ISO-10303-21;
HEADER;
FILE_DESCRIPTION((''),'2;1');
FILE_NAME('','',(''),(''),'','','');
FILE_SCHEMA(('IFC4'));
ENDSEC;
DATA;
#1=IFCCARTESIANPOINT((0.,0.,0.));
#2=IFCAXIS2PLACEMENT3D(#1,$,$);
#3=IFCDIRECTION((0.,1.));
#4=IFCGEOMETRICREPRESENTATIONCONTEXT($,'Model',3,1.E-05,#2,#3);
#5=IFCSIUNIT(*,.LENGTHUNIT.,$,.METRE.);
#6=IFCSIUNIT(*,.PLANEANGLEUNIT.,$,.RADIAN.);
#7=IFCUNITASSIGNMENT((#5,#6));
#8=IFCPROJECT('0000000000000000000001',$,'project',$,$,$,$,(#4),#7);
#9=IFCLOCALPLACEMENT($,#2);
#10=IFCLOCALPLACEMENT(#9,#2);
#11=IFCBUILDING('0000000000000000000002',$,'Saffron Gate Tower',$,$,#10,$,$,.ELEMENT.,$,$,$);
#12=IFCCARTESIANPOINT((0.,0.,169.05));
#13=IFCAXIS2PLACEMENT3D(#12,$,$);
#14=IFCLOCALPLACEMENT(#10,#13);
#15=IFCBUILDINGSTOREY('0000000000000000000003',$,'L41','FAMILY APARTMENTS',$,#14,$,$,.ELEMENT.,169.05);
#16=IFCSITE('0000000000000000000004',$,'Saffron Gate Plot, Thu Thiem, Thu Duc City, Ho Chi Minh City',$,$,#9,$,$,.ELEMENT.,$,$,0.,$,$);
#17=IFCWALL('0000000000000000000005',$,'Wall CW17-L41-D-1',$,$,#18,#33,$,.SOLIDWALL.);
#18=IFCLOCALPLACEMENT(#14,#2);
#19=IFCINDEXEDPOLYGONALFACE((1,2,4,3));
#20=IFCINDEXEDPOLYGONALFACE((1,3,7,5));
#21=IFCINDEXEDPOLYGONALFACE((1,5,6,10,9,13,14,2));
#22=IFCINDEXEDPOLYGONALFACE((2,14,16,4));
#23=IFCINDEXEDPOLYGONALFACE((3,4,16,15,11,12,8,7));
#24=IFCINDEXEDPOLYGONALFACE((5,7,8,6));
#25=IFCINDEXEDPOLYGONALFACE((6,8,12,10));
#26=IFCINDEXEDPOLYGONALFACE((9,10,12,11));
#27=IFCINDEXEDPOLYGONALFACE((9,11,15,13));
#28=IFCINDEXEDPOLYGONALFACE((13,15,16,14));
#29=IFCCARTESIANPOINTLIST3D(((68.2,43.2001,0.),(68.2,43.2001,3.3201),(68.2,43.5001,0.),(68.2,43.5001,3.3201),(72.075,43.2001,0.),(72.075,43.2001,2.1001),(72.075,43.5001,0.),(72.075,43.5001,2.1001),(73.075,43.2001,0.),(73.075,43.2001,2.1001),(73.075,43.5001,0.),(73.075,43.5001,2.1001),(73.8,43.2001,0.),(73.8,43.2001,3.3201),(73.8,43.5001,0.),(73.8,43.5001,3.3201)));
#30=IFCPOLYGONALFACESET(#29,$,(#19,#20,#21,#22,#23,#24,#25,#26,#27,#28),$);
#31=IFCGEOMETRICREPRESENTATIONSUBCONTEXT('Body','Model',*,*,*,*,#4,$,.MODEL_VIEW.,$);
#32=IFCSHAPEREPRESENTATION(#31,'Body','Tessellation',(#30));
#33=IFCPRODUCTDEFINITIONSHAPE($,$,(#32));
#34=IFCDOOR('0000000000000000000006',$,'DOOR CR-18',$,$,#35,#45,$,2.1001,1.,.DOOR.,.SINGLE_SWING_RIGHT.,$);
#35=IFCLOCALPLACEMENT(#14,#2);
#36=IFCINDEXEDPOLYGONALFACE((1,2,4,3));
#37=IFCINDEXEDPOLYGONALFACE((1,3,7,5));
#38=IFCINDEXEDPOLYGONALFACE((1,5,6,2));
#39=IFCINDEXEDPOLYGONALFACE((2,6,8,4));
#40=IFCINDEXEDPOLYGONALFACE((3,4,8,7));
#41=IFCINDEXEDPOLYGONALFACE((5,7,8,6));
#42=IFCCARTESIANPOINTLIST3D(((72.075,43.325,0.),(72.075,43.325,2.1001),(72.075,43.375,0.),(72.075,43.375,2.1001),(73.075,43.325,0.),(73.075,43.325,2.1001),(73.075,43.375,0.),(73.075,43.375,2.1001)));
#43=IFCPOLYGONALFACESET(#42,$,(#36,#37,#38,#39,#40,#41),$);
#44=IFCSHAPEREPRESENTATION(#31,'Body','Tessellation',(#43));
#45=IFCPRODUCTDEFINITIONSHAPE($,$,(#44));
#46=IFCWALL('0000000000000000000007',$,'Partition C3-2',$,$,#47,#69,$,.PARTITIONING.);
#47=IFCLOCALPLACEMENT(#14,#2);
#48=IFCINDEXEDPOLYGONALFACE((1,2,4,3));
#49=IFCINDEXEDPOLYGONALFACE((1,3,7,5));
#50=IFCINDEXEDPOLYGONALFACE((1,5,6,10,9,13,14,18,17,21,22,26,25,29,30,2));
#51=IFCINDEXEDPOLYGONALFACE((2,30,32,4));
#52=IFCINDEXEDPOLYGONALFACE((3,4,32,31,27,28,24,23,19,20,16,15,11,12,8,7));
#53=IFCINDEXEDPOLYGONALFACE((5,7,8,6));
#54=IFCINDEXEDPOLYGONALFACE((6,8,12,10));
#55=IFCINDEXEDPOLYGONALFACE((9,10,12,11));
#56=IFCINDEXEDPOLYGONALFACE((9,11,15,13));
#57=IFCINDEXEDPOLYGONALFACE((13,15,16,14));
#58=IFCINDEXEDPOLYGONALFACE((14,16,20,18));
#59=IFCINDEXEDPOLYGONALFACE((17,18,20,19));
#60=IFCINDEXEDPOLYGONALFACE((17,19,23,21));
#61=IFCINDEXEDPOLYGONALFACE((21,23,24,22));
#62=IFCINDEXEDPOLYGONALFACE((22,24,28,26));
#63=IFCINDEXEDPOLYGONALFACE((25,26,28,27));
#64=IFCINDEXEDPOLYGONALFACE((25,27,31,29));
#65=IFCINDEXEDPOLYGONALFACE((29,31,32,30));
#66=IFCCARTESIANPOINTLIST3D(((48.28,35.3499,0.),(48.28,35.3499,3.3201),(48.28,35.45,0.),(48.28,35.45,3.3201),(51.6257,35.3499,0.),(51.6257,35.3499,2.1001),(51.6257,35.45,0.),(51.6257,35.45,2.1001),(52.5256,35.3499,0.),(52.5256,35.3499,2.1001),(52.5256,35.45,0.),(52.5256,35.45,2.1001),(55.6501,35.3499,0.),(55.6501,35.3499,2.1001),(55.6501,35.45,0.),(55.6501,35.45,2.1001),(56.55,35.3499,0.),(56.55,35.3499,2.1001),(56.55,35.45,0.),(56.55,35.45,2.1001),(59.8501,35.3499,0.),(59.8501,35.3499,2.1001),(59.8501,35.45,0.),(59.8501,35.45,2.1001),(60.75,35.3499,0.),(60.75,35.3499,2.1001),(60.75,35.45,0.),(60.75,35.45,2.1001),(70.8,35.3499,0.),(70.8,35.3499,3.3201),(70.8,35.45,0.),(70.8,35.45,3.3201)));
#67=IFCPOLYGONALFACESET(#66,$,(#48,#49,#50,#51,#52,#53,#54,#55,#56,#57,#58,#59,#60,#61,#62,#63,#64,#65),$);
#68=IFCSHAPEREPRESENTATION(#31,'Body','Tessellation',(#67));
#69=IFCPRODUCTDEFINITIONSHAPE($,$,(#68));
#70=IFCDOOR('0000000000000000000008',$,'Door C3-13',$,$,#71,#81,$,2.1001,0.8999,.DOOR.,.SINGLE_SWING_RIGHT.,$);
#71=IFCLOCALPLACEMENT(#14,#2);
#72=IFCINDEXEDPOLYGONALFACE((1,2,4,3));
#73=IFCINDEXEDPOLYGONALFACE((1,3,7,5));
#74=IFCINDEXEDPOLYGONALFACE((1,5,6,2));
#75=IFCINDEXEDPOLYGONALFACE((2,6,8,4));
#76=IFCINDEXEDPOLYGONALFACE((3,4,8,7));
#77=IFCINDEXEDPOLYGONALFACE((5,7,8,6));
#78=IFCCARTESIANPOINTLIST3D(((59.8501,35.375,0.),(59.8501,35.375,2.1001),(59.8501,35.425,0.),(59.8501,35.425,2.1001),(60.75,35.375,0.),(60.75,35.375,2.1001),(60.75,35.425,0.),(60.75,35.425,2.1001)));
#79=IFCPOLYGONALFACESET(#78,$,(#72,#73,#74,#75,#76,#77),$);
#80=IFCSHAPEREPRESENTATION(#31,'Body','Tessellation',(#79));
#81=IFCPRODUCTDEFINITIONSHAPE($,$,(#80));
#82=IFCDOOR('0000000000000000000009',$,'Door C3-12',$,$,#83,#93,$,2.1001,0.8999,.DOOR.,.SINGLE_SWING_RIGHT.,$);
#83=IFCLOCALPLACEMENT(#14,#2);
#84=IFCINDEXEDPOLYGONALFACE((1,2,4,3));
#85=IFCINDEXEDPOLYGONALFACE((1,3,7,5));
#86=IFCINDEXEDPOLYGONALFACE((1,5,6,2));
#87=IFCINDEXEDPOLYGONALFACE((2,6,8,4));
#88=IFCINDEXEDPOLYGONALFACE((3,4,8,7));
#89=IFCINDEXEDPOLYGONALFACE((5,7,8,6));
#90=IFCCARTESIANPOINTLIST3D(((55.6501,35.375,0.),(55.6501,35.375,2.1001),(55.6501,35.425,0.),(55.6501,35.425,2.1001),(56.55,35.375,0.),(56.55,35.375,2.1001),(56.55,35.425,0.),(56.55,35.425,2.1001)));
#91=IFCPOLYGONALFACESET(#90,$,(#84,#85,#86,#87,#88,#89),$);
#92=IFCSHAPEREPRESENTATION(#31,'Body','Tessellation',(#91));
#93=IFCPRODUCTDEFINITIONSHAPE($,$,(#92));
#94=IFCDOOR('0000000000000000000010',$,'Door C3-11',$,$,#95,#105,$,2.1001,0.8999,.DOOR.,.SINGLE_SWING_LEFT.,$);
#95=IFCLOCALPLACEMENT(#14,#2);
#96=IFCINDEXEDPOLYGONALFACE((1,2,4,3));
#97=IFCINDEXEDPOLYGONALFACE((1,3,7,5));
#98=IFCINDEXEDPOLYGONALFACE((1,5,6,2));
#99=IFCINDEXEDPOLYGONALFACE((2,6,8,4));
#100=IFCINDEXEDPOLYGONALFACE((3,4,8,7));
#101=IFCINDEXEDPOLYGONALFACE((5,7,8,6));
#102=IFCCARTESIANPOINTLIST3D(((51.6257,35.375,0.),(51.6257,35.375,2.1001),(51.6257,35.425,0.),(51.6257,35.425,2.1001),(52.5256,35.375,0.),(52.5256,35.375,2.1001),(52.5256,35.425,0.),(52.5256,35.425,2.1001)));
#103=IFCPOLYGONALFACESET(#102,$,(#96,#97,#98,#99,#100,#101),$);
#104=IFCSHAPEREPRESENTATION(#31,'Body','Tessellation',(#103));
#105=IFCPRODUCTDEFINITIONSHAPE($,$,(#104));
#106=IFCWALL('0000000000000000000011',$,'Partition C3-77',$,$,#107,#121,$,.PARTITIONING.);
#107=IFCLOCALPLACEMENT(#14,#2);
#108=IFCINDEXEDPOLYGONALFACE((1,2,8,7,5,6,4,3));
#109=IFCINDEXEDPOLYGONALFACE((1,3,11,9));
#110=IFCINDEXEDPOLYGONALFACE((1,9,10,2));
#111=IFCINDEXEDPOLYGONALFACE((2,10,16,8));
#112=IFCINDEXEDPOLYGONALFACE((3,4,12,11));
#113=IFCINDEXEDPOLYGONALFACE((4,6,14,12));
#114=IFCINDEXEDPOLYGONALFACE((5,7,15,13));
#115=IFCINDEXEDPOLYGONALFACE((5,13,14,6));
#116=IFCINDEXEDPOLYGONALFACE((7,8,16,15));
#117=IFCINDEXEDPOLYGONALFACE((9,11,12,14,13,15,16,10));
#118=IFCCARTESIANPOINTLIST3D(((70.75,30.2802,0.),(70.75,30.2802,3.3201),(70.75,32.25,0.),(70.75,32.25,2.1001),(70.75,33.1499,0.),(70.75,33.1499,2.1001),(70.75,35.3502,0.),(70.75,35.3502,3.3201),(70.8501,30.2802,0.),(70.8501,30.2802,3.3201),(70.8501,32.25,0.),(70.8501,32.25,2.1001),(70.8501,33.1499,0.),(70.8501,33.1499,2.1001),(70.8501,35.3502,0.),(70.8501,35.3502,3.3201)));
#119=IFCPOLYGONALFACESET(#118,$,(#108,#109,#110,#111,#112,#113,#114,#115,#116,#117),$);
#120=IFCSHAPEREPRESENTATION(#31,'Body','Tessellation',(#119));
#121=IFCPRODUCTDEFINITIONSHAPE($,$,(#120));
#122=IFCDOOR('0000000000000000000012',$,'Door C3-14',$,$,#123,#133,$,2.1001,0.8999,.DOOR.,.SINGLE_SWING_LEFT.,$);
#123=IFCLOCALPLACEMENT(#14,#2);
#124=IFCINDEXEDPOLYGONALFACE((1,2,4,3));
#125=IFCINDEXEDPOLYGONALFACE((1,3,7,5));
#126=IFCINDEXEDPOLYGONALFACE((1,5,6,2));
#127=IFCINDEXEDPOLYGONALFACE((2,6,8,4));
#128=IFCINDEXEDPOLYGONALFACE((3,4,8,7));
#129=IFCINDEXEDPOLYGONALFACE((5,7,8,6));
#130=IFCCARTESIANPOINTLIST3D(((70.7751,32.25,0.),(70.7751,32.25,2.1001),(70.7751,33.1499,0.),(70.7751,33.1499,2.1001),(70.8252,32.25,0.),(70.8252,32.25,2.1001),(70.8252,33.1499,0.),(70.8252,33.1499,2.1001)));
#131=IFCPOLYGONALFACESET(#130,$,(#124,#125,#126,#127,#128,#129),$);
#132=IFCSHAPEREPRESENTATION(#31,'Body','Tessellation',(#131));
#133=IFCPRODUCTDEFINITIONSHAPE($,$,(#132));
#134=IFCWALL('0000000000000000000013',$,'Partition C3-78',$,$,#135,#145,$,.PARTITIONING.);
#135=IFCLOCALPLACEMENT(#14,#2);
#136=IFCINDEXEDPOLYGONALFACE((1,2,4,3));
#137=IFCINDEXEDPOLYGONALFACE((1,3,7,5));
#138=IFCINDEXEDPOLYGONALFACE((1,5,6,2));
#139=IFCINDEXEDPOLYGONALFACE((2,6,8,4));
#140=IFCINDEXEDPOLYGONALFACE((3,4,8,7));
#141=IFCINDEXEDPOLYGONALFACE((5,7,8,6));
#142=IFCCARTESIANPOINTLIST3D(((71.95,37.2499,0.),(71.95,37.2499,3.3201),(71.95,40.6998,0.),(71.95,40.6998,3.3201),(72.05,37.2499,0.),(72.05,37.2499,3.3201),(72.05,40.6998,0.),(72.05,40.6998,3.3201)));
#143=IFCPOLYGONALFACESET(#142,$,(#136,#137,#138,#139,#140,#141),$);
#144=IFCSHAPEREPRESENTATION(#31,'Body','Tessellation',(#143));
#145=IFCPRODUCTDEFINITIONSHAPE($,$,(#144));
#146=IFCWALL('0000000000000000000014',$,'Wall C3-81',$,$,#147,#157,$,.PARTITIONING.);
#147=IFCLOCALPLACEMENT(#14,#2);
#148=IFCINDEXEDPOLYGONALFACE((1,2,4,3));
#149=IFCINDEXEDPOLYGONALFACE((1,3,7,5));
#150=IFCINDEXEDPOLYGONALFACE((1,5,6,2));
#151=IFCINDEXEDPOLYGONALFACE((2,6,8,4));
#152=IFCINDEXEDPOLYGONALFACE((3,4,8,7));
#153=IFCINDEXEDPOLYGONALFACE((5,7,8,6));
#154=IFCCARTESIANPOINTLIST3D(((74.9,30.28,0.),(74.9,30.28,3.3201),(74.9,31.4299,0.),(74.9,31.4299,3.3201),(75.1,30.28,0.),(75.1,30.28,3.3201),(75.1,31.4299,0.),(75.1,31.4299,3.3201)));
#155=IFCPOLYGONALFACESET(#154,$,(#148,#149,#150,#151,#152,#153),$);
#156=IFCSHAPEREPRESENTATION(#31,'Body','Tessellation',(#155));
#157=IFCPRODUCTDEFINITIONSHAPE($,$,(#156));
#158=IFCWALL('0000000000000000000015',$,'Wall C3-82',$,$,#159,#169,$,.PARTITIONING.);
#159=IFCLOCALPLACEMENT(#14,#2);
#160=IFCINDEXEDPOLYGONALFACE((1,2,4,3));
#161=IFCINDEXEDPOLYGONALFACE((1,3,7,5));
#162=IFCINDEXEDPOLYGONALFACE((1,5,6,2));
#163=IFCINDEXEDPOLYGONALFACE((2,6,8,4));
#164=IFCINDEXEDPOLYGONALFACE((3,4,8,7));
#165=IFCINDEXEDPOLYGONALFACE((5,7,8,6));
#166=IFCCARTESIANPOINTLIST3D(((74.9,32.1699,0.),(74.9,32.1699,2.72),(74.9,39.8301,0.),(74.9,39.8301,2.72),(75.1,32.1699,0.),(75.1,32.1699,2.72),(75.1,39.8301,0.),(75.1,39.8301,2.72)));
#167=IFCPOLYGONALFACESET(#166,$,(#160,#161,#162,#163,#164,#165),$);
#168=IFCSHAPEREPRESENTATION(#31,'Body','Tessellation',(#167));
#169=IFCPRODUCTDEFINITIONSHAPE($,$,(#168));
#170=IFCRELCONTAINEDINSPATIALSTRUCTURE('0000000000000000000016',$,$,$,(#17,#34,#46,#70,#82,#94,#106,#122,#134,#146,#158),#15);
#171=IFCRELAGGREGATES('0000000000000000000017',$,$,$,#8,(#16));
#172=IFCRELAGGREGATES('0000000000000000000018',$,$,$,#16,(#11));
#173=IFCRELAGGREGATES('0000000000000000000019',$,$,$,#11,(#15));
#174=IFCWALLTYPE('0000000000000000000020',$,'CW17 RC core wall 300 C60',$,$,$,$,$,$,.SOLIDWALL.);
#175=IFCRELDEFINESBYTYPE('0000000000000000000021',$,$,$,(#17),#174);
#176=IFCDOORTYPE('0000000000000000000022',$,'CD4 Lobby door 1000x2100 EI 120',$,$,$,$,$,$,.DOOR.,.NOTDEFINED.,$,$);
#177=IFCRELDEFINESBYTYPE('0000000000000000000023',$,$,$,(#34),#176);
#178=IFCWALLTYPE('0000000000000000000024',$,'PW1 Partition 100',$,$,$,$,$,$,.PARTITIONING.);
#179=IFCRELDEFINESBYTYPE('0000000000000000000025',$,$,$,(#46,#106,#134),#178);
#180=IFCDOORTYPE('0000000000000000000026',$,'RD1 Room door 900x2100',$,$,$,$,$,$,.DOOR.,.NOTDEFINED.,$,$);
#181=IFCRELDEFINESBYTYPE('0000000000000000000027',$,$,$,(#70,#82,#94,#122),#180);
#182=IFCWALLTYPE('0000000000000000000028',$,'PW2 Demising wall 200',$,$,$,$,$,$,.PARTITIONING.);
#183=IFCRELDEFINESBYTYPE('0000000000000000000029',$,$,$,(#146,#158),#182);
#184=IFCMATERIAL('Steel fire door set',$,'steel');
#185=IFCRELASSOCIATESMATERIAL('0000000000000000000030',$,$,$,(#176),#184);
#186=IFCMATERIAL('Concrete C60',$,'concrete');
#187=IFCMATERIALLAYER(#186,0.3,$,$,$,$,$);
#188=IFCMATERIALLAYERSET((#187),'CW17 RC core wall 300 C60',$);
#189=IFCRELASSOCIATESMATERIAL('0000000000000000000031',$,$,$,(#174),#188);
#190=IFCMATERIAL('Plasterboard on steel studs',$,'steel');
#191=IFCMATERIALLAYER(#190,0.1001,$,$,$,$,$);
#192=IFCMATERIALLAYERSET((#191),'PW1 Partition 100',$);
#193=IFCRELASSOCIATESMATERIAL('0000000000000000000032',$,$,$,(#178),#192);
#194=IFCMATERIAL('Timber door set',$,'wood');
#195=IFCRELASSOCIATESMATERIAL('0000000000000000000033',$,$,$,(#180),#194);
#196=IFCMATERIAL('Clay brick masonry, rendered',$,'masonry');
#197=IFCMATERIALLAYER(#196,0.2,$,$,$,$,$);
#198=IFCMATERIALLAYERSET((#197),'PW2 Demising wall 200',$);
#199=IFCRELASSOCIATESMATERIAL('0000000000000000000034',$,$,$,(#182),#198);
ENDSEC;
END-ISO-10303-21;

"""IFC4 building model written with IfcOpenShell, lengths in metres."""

from ifc_helpers import new_model, si_unit, direction, frame, frame_2d, origin, place, context, subcontext, project, spatial, rectangle, extrude, material, layer, layer_set, type_object, element, fill, save


model = new_model("IFC4")

# Units and contexts
model_context = context("Model", 3, precision=1e-05, world=origin(), true_north=direction((0.0, 1.0)))
body_context = subcontext(model_context, "Body", "Model", "MODEL_VIEW")
ifc_project = project(units=[si_unit("LENGTHUNIT", "METRE"), si_unit("PLANEANGLEUNIT", "RADIAN")], contexts=[model_context])

# Site, building, storey
site_placement = place(None, origin())
site = spatial("IfcSite", under=ifc_project, at=site_placement, Name="Saffron Gate Plot, Thu Thiem, Thu Duc City, Ho Chi Minh City", CompositionType="ELEMENT", RefElevation=0.0)
building_placement = place(site_placement, origin())
building = spatial("IfcBuilding", under=site, at=building_placement, Name="Saffron Gate Tower", CompositionType="ELEMENT")
storey_placement = place(building_placement, frame((0.0, 0.0, 169.05)))
storey = spatial("IfcBuildingStorey", under=building, at=storey_placement, Name="L41", Description="FAMILY APARTMENTS", CompositionType="ELEMENT", Elevation=169.05)

# Shared definitions
ifc_material_1 = material(Name="Steel fire door set", Category="steel")
door_type_1 = type_object("IfcDoorType", Name="CD4 Lobby door 1000x2100 EI 120", OperationType="NOTDEFINED", PredefinedType="DOOR", material=ifc_material_1)

# Shared definitions
ifc_material_2 = material(Name="Concrete C60", Category="concrete")

# Wall, opening, door
ifc_layer_1 = layer(ifc_material_2, 0.3)
ifc_layer_set_1 = layer_set([ifc_layer_1], Name="CW17 RC core wall 300 C60")
wall_type_1 = type_object("IfcWallType", Name="CW17 RC core wall 300 C60", PredefinedType="SOLIDWALL", material=ifc_layer_set_1)
wall_1_placement = place(storey_placement, frame((68.2, 43.3501, 0.0), z_axis=(0.0, 0.0, 1.0), x_axis=(1.0, 0.0, 0.0)))
wall_1 = element("IfcWall", 1, at=wall_1_placement, inside=storey, type_object=wall_type_1, Name="Wall CW17-L41-D-1", PredefinedType="SOLIDWALL", context=body_context, shape_type="SweptSolid", body=[
    extrude(rectangle(XDim=5.6001, YDim=0.3, at=frame_2d((2.8, 0.0))), origin(), (0.0, 0.0, 1.0), 3.3201),
])
opening_1_placement = place(wall_1_placement, frame((3.875, 0.0, 0.0)))
opening_1 = element("IfcOpeningElement", 2, at=opening_1_placement, cuts=wall_1, PredefinedType="OPENING", context=body_context, shape_type="SweptSolid", body=[
    extrude(rectangle(XDim=1.0, YDim=2.1001, at=frame_2d((0.5, 1.05))), frame((0.0, 0.1602, 0.0), z_axis=(0.0, -1.0, 0.0), x_axis=(1.0, 0.0, 0.0)), (0.0, 0.0, 1.0), 0.3201),
])
door_1_placement = place(opening_1_placement, origin())
door_1 = element("IfcDoor", 3, at=door_1_placement, inside=storey, type_object=door_type_1, Name="DOOR CR-18", OperationType="SINGLE_SWING_RIGHT", OverallHeight=2.1001, OverallWidth=1.0, PredefinedType="DOOR", context=body_context, shape_type="SweptSolid", body=[
    extrude(rectangle(XDim=1.0, YDim=2.1001, at=frame_2d((0.5, 1.05))), frame((0.0, 0.0249, 0.0), z_axis=(0.0, -1.0, 0.0), x_axis=(1.0, 0.0, 0.0)), (0.0, 0.0, 1.0), 0.05),
])
fill(opening_1, door_1)

# Wall, openings, doors
ifc_material_3 = material(Name="Plasterboard on steel studs", Category="steel")
ifc_layer_2 = layer(ifc_material_3, 0.1001)
ifc_layer_set_2 = layer_set([ifc_layer_2], Name="PW1 Partition 100")
wall_type_2 = type_object("IfcWallType", Name="PW1 Partition 100", PredefinedType="PARTITIONING", material=ifc_layer_set_2)
wall_2_placement = place(storey_placement, frame((70.8, 35.3999, 0.0), z_axis=(0.0, 0.0, 1.0), x_axis=(-1.0, 0.0, 0.0)))
wall_2 = element("IfcWall", 4, at=wall_2_placement, inside=storey, type_object=wall_type_2, Name="Partition C3-2", PredefinedType="PARTITIONING", context=body_context, shape_type="SweptSolid", body=[
    extrude(rectangle(XDim=22.52, YDim=0.1001, at=frame_2d((11.26, 0.0))), origin(), (0.0, 0.0, 1.0), 3.3201),
])
opening_2_placement = place(wall_2_placement, frame((10.05, 0.0, 0.0)))
opening_2 = element("IfcOpeningElement", 5, at=opening_2_placement, cuts=wall_2, PredefinedType="OPENING", context=body_context, shape_type="SweptSolid", body=[
    extrude(rectangle(XDim=0.8999, YDim=2.1001, at=frame_2d((0.45, 1.05))), frame((0.0, 0.0601, 0.0), z_axis=(0.0, -1.0, 0.0), x_axis=(1.0, 0.0, 0.0)), (0.0, 0.0, 1.0), 0.1201),
])
opening_3_placement = place(wall_2_placement, frame((14.25, 0.0, 0.0)))
opening_3 = element("IfcOpeningElement", 6, at=opening_3_placement, cuts=wall_2, PredefinedType="OPENING", context=body_context, shape_type="SweptSolid", body=[
    extrude(rectangle(XDim=0.8999, YDim=2.1001, at=frame_2d((0.45, 1.05))), frame((0.0, 0.0601, 0.0), z_axis=(0.0, -1.0, 0.0), x_axis=(1.0, 0.0, 0.0)), (0.0, 0.0, 1.0), 0.1201),
])
opening_4_placement = place(wall_2_placement, frame((18.2744, 0.0, 0.0)))
opening_4 = element("IfcOpeningElement", 7, at=opening_4_placement, cuts=wall_2, PredefinedType="OPENING", context=body_context, shape_type="SweptSolid", body=[
    extrude(rectangle(XDim=0.8999, YDim=2.1001, at=frame_2d((0.45, 1.05))), frame((0.0, 0.0601, 0.0), z_axis=(0.0, -1.0, 0.0), x_axis=(1.0, 0.0, 0.0)), (0.0, 0.0, 1.0), 0.1201),
])
ifc_material_4 = material(Name="Timber door set", Category="wood")
door_type_2 = type_object("IfcDoorType", Name="RD1 Room door 900x2100", OperationType="NOTDEFINED", PredefinedType="DOOR", material=ifc_material_4)
door_2_placement = place(opening_2_placement, origin())
door_2 = element("IfcDoor", 8, at=door_2_placement, inside=storey, type_object=door_type_2, Name="Door C3-13", OperationType="SINGLE_SWING_RIGHT", OverallHeight=2.1001, OverallWidth=0.8999, PredefinedType="DOOR", context=body_context, shape_type="SweptSolid", body=[
    extrude(rectangle(XDim=0.8999, YDim=2.1001, at=frame_2d((0.45, 1.05))), frame((0.0, 0.0249, 0.0), z_axis=(0.0, -1.0, 0.0), x_axis=(1.0, 0.0, 0.0)), (0.0, 0.0, 1.0), 0.05),
])
fill(opening_2, door_2)
door_3_placement = place(opening_3_placement, origin())
door_3 = element("IfcDoor", 9, at=door_3_placement, inside=storey, type_object=door_type_2, Name="Door C3-12", OperationType="SINGLE_SWING_RIGHT", OverallHeight=2.1001, OverallWidth=0.8999, PredefinedType="DOOR", context=body_context, shape_type="SweptSolid", body=[
    extrude(rectangle(XDim=0.8999, YDim=2.1001, at=frame_2d((0.45, 1.05))), frame((0.0, 0.0249, 0.0), z_axis=(0.0, -1.0, 0.0), x_axis=(1.0, 0.0, 0.0)), (0.0, 0.0, 1.0), 0.05),
])
fill(opening_3, door_3)
door_4_placement = place(opening_4_placement, origin())
door_4 = element("IfcDoor", 10, at=door_4_placement, inside=storey, type_object=door_type_2, Name="Door C3-11", OperationType="SINGLE_SWING_LEFT", OverallHeight=2.1001, OverallWidth=0.8999, PredefinedType="DOOR", context=body_context, shape_type="SweptSolid", body=[
    extrude(rectangle(XDim=0.8999, YDim=2.1001, at=frame_2d((0.45, 1.05))), frame((0.0, 0.0249, 0.0), z_axis=(0.0, -1.0, 0.0), x_axis=(1.0, 0.0, 0.0)), (0.0, 0.0, 1.0), 0.05),
])
fill(opening_4, door_4)

# Wall, opening, door
wall_3_placement = place(storey_placement, frame((70.8, 30.28, 0.0), z_axis=(0.0, 0.0, 1.0), x_axis=(0.0, 1.0, 0.0)))
wall_3 = element("IfcWall", 11, at=wall_3_placement, inside=storey, type_object=wall_type_2, Name="Partition C3-77", PredefinedType="PARTITIONING", context=body_context, shape_type="SweptSolid", body=[
    extrude(rectangle(XDim=5.0701, YDim=0.1001, at=frame_2d((2.5352, 0.0))), origin(), (0.0, 0.0, 1.0), 3.3201),
])
opening_5_placement = place(wall_3_placement, frame((1.97, 0.0, 0.0)))
opening_5 = element("IfcOpeningElement", 12, at=opening_5_placement, cuts=wall_3, PredefinedType="OPENING", context=body_context, shape_type="SweptSolid", body=[
    extrude(rectangle(XDim=0.8999, YDim=2.1001, at=frame_2d((0.45, 1.05))), frame((0.0, 0.0601, 0.0), z_axis=(0.0, -1.0, 0.0), x_axis=(1.0, 0.0, 0.0)), (0.0, 0.0, 1.0), 0.1201),
])
door_5_placement = place(opening_5_placement, origin())
door_5 = element("IfcDoor", 13, at=door_5_placement, inside=storey, type_object=door_type_2, Name="Door C3-14", OperationType="SINGLE_SWING_LEFT", OverallHeight=2.1001, OverallWidth=0.8999, PredefinedType="DOOR", context=body_context, shape_type="SweptSolid", body=[
    extrude(rectangle(XDim=0.8999, YDim=2.1001, at=frame_2d((0.45, 1.05))), frame((0.0, 0.0249, 0.0), z_axis=(0.0, -1.0, 0.0), x_axis=(1.0, 0.0, 0.0)), (0.0, 0.0, 1.0), 0.05),
])
fill(opening_5, door_5)

# Walls
wall_4_placement = place(storey_placement, frame((72.0, 40.7, 0.0), z_axis=(0.0, 0.0, 1.0), x_axis=(0.0, -1.0, 0.0)))
element("IfcWall", 14, at=wall_4_placement, inside=storey, type_object=wall_type_2, Name="Partition C3-78", PredefinedType="PARTITIONING", context=body_context, shape_type="SweptSolid", body=[
    extrude(rectangle(XDim=3.45, YDim=0.1001, at=frame_2d((1.7251, 0.0))), origin(), (0.0, 0.0, 1.0), 3.3201),
])
ifc_material_5 = material(Name="Clay brick masonry, rendered", Category="masonry")
ifc_layer_3 = layer(ifc_material_5, 0.2)
ifc_layer_set_3 = layer_set([ifc_layer_3], Name="PW2 Demising wall 200")
wall_type_3 = type_object("IfcWallType", Name="PW2 Demising wall 200", PredefinedType="PARTITIONING", material=ifc_layer_set_3)
wall_5_placement = place(storey_placement, frame((75.0, 31.4299, 0.0), z_axis=(0.0, 0.0, 1.0), x_axis=(0.0, -1.0, 0.0)))
element("IfcWall", 15, at=wall_5_placement, inside=storey, type_object=wall_type_3, Name="Wall C3-81", PredefinedType="PARTITIONING", context=body_context, shape_type="SweptSolid", body=[
    extrude(rectangle(XDim=1.1499, YDim=0.2, at=frame_2d((0.575, 0.0))), origin(), (0.0, 0.0, 1.0), 3.3201),
])
wall_6_placement = place(storey_placement, frame((75.0, 39.8301, 0.0), z_axis=(0.0, 0.0, 1.0), x_axis=(0.0, -1.0, 0.0)))
element("IfcWall", 16, at=wall_6_placement, inside=storey, type_object=wall_type_3, Name="Wall C3-82", PredefinedType="PARTITIONING", context=body_context, shape_type="SweptSolid", body=[
    extrude(rectangle(XDim=7.6602, YDim=0.2, at=frame_2d((3.8301, 0.0))), origin(), (0.0, 0.0, 1.0), 2.72),
])

save(model, "model.ifc")
